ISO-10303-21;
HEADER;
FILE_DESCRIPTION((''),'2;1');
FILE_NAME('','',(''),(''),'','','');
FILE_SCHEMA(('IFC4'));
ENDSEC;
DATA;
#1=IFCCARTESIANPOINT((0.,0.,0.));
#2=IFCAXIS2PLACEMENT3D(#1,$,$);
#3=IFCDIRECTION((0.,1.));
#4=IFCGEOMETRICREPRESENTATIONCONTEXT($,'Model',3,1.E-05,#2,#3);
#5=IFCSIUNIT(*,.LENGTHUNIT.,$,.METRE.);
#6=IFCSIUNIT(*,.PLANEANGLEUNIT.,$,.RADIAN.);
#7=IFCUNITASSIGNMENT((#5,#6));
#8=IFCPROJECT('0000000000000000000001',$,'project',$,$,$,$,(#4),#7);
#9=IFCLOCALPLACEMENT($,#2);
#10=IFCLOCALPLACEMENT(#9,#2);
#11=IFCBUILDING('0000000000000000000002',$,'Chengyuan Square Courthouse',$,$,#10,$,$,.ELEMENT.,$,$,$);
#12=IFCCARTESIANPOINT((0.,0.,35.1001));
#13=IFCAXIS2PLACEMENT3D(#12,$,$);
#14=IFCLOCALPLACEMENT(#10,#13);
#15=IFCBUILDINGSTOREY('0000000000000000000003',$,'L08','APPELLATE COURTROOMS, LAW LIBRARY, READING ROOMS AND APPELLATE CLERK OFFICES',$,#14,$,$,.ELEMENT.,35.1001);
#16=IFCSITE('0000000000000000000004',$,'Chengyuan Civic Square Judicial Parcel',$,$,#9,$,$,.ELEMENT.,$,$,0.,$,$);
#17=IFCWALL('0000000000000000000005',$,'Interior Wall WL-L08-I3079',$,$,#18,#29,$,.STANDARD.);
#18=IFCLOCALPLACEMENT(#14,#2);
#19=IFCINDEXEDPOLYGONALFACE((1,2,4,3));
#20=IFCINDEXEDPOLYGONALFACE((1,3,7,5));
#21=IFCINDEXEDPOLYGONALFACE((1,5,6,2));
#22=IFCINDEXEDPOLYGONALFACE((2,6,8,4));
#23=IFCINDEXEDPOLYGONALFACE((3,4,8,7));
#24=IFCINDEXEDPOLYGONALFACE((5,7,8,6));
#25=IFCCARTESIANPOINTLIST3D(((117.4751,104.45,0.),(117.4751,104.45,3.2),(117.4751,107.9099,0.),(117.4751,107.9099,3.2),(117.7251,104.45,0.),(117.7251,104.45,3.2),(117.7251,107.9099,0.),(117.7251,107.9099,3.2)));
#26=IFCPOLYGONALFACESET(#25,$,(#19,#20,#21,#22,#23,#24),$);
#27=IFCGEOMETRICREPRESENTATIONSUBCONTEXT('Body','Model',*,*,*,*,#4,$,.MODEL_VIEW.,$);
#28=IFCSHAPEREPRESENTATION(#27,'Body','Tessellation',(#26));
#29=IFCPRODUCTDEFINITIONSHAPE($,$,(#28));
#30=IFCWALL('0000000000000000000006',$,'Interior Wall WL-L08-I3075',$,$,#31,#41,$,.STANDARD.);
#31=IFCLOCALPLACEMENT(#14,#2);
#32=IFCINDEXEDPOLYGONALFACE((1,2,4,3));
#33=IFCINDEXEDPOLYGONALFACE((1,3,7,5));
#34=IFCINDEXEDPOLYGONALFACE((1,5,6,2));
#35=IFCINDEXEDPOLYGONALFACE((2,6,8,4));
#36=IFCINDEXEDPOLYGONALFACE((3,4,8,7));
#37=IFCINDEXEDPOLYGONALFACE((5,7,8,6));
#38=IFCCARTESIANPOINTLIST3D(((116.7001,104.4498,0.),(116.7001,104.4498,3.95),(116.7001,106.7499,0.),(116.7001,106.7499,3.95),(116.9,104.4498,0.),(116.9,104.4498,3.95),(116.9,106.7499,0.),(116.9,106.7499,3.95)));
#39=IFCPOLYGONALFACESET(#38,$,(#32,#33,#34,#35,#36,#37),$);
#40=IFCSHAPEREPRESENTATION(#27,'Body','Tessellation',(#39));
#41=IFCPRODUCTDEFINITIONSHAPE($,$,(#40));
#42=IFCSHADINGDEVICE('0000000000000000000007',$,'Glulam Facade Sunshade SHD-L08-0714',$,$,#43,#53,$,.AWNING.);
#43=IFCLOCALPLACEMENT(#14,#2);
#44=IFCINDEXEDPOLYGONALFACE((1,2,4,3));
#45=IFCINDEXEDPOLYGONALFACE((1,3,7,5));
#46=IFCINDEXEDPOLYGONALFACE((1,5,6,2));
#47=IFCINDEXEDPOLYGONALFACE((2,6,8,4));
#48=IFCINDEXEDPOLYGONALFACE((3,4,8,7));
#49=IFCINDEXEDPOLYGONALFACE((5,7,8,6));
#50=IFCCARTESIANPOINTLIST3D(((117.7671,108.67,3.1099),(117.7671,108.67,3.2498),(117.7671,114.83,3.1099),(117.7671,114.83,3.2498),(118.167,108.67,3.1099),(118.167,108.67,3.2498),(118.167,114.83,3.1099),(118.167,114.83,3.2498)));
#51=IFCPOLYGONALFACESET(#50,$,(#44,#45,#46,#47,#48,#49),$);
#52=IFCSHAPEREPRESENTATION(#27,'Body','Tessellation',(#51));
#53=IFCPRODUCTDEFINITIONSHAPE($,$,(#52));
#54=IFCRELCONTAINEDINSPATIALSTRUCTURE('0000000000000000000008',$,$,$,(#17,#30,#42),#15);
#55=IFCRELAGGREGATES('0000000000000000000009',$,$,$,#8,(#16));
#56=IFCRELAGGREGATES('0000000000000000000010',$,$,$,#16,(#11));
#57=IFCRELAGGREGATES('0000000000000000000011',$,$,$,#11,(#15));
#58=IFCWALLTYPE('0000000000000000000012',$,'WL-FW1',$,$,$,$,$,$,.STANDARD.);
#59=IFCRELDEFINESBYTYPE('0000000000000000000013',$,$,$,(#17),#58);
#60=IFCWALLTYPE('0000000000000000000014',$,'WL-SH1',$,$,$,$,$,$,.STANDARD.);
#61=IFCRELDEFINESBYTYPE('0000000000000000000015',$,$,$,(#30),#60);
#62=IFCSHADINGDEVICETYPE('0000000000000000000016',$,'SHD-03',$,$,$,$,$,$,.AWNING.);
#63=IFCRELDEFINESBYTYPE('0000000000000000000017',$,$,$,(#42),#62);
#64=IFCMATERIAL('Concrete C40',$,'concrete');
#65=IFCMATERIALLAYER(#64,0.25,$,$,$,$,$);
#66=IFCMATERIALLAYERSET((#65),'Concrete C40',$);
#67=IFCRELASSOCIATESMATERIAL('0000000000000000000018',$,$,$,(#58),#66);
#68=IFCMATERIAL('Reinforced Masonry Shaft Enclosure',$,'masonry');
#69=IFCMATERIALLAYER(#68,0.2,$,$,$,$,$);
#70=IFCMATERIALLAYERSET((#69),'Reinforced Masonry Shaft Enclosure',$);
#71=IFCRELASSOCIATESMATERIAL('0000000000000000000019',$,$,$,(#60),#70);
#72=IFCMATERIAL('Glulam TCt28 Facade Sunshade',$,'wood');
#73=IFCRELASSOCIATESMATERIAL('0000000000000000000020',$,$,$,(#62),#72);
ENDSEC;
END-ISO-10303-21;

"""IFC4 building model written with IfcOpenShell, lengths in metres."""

from ifc_helpers import new_model, si_unit, direction, frame, frame_2d, origin, origin_2d, place, context, subcontext, project, spatial, rectangle, extrude, material, layer, layer_set, type_object, element, save


model = new_model("IFC4")

# Units and contexts
model_context = context("Model", 3, precision=1e-05, world=origin(), true_north=direction((0.0, 1.0)))
body_context = subcontext(model_context, "Body", "Model", "MODEL_VIEW")
ifc_project = project(units=[si_unit("LENGTHUNIT", "METRE"), si_unit("PLANEANGLEUNIT", "RADIAN")], contexts=[model_context])

# Site, building, storey
site_placement = place(None, origin())
site = spatial("IfcSite", under=ifc_project, at=site_placement, Name="Chengyuan Civic Square Judicial Parcel", CompositionType="ELEMENT", RefElevation=0.0)
building_placement = place(site_placement, origin())
building = spatial("IfcBuilding", under=site, at=building_placement, Name="Chengyuan Square Courthouse", CompositionType="ELEMENT")
storey_placement = place(building_placement, frame((0.0, 0.0, 35.1001)))
storey = spatial("IfcBuildingStorey", under=building, at=storey_placement, Name="L08", Description="APPELLATE COURTROOMS, LAW LIBRARY, READING ROOMS AND APPELLATE CLERK OFFICES", CompositionType="ELEMENT", Elevation=35.1001)

# Shared definitions
ifc_material_1 = material(Name="Concrete C40", Category="concrete")

# Shared definitions
ifc_layer_1 = layer(ifc_material_1, 0.25)
ifc_layer_set_1 = layer_set([ifc_layer_1], Name="Concrete C40")
wall_type_1 = type_object("IfcWallType", Name="WL-FW1", PredefinedType="STANDARD", material=ifc_layer_set_1)

# Walls
wall_1_placement = place(storey_placement, frame((117.6001, 104.45, 0.0), z_axis=(0.0, 0.0, 1.0), x_axis=(0.0, 1.0, 0.0)))
element("IfcWall", 1, at=wall_1_placement, inside=storey, type_object=wall_type_1, Name="Interior Wall WL-L08-I3079", PredefinedType="STANDARD", context=body_context, shape_type="SweptSolid", body=[
    extrude(rectangle(XDim=3.46, YDim=0.25, at=frame_2d((1.73, 0.0))), origin(), (0.0, 0.0, 1.0), 3.2),
])
ifc_material_2 = material(Name="Reinforced Masonry Shaft Enclosure", Category="masonry")
ifc_layer_2 = layer(ifc_material_2, 0.2)
ifc_layer_set_2 = layer_set([ifc_layer_2], Name="Reinforced Masonry Shaft Enclosure")
wall_type_2 = type_object("IfcWallType", Name="WL-SH1", PredefinedType="STANDARD", material=ifc_layer_set_2)
wall_2_placement = place(storey_placement, frame((116.8, 104.45, 0.0), z_axis=(0.0, 0.0, 1.0), x_axis=(0.0, 1.0, 0.0)))
element("IfcWall", 2, at=wall_2_placement, inside=storey, type_object=wall_type_2, Name="Interior Wall WL-L08-I3075", PredefinedType="STANDARD", context=body_context, shape_type="SweptSolid", body=[
    extrude(rectangle(XDim=2.3, YDim=0.2, at=frame_2d((1.1499, 0.0))), origin(), (0.0, 0.0, 1.0), 3.95),
])

# Shading device
ifc_material_3 = material(Name="Glulam TCt28 Facade Sunshade", Category="wood")
shading_device_type = type_object("IfcShadingDeviceType", Name="SHD-03", PredefinedType="AWNING", material=ifc_material_3)
shading_device_placement = place(storey_placement, frame((117.967, 111.75, 3.1099), z_axis=(0.0, 0.0, 1.0), x_axis=(0.0, 1.0, 0.0)))
element("IfcShadingDevice", 3, at=shading_device_placement, inside=storey, type_object=shading_device_type, Name="Glulam Facade Sunshade SHD-L08-0714", PredefinedType="AWNING", context=body_context, shape_type="SweptSolid", body=[
    extrude(rectangle(XDim=6.1599, YDim=0.3999, at=origin_2d()), origin(), (0.0, 0.0, 1.0), 0.1399),
])

save(model, "model.ifc")
